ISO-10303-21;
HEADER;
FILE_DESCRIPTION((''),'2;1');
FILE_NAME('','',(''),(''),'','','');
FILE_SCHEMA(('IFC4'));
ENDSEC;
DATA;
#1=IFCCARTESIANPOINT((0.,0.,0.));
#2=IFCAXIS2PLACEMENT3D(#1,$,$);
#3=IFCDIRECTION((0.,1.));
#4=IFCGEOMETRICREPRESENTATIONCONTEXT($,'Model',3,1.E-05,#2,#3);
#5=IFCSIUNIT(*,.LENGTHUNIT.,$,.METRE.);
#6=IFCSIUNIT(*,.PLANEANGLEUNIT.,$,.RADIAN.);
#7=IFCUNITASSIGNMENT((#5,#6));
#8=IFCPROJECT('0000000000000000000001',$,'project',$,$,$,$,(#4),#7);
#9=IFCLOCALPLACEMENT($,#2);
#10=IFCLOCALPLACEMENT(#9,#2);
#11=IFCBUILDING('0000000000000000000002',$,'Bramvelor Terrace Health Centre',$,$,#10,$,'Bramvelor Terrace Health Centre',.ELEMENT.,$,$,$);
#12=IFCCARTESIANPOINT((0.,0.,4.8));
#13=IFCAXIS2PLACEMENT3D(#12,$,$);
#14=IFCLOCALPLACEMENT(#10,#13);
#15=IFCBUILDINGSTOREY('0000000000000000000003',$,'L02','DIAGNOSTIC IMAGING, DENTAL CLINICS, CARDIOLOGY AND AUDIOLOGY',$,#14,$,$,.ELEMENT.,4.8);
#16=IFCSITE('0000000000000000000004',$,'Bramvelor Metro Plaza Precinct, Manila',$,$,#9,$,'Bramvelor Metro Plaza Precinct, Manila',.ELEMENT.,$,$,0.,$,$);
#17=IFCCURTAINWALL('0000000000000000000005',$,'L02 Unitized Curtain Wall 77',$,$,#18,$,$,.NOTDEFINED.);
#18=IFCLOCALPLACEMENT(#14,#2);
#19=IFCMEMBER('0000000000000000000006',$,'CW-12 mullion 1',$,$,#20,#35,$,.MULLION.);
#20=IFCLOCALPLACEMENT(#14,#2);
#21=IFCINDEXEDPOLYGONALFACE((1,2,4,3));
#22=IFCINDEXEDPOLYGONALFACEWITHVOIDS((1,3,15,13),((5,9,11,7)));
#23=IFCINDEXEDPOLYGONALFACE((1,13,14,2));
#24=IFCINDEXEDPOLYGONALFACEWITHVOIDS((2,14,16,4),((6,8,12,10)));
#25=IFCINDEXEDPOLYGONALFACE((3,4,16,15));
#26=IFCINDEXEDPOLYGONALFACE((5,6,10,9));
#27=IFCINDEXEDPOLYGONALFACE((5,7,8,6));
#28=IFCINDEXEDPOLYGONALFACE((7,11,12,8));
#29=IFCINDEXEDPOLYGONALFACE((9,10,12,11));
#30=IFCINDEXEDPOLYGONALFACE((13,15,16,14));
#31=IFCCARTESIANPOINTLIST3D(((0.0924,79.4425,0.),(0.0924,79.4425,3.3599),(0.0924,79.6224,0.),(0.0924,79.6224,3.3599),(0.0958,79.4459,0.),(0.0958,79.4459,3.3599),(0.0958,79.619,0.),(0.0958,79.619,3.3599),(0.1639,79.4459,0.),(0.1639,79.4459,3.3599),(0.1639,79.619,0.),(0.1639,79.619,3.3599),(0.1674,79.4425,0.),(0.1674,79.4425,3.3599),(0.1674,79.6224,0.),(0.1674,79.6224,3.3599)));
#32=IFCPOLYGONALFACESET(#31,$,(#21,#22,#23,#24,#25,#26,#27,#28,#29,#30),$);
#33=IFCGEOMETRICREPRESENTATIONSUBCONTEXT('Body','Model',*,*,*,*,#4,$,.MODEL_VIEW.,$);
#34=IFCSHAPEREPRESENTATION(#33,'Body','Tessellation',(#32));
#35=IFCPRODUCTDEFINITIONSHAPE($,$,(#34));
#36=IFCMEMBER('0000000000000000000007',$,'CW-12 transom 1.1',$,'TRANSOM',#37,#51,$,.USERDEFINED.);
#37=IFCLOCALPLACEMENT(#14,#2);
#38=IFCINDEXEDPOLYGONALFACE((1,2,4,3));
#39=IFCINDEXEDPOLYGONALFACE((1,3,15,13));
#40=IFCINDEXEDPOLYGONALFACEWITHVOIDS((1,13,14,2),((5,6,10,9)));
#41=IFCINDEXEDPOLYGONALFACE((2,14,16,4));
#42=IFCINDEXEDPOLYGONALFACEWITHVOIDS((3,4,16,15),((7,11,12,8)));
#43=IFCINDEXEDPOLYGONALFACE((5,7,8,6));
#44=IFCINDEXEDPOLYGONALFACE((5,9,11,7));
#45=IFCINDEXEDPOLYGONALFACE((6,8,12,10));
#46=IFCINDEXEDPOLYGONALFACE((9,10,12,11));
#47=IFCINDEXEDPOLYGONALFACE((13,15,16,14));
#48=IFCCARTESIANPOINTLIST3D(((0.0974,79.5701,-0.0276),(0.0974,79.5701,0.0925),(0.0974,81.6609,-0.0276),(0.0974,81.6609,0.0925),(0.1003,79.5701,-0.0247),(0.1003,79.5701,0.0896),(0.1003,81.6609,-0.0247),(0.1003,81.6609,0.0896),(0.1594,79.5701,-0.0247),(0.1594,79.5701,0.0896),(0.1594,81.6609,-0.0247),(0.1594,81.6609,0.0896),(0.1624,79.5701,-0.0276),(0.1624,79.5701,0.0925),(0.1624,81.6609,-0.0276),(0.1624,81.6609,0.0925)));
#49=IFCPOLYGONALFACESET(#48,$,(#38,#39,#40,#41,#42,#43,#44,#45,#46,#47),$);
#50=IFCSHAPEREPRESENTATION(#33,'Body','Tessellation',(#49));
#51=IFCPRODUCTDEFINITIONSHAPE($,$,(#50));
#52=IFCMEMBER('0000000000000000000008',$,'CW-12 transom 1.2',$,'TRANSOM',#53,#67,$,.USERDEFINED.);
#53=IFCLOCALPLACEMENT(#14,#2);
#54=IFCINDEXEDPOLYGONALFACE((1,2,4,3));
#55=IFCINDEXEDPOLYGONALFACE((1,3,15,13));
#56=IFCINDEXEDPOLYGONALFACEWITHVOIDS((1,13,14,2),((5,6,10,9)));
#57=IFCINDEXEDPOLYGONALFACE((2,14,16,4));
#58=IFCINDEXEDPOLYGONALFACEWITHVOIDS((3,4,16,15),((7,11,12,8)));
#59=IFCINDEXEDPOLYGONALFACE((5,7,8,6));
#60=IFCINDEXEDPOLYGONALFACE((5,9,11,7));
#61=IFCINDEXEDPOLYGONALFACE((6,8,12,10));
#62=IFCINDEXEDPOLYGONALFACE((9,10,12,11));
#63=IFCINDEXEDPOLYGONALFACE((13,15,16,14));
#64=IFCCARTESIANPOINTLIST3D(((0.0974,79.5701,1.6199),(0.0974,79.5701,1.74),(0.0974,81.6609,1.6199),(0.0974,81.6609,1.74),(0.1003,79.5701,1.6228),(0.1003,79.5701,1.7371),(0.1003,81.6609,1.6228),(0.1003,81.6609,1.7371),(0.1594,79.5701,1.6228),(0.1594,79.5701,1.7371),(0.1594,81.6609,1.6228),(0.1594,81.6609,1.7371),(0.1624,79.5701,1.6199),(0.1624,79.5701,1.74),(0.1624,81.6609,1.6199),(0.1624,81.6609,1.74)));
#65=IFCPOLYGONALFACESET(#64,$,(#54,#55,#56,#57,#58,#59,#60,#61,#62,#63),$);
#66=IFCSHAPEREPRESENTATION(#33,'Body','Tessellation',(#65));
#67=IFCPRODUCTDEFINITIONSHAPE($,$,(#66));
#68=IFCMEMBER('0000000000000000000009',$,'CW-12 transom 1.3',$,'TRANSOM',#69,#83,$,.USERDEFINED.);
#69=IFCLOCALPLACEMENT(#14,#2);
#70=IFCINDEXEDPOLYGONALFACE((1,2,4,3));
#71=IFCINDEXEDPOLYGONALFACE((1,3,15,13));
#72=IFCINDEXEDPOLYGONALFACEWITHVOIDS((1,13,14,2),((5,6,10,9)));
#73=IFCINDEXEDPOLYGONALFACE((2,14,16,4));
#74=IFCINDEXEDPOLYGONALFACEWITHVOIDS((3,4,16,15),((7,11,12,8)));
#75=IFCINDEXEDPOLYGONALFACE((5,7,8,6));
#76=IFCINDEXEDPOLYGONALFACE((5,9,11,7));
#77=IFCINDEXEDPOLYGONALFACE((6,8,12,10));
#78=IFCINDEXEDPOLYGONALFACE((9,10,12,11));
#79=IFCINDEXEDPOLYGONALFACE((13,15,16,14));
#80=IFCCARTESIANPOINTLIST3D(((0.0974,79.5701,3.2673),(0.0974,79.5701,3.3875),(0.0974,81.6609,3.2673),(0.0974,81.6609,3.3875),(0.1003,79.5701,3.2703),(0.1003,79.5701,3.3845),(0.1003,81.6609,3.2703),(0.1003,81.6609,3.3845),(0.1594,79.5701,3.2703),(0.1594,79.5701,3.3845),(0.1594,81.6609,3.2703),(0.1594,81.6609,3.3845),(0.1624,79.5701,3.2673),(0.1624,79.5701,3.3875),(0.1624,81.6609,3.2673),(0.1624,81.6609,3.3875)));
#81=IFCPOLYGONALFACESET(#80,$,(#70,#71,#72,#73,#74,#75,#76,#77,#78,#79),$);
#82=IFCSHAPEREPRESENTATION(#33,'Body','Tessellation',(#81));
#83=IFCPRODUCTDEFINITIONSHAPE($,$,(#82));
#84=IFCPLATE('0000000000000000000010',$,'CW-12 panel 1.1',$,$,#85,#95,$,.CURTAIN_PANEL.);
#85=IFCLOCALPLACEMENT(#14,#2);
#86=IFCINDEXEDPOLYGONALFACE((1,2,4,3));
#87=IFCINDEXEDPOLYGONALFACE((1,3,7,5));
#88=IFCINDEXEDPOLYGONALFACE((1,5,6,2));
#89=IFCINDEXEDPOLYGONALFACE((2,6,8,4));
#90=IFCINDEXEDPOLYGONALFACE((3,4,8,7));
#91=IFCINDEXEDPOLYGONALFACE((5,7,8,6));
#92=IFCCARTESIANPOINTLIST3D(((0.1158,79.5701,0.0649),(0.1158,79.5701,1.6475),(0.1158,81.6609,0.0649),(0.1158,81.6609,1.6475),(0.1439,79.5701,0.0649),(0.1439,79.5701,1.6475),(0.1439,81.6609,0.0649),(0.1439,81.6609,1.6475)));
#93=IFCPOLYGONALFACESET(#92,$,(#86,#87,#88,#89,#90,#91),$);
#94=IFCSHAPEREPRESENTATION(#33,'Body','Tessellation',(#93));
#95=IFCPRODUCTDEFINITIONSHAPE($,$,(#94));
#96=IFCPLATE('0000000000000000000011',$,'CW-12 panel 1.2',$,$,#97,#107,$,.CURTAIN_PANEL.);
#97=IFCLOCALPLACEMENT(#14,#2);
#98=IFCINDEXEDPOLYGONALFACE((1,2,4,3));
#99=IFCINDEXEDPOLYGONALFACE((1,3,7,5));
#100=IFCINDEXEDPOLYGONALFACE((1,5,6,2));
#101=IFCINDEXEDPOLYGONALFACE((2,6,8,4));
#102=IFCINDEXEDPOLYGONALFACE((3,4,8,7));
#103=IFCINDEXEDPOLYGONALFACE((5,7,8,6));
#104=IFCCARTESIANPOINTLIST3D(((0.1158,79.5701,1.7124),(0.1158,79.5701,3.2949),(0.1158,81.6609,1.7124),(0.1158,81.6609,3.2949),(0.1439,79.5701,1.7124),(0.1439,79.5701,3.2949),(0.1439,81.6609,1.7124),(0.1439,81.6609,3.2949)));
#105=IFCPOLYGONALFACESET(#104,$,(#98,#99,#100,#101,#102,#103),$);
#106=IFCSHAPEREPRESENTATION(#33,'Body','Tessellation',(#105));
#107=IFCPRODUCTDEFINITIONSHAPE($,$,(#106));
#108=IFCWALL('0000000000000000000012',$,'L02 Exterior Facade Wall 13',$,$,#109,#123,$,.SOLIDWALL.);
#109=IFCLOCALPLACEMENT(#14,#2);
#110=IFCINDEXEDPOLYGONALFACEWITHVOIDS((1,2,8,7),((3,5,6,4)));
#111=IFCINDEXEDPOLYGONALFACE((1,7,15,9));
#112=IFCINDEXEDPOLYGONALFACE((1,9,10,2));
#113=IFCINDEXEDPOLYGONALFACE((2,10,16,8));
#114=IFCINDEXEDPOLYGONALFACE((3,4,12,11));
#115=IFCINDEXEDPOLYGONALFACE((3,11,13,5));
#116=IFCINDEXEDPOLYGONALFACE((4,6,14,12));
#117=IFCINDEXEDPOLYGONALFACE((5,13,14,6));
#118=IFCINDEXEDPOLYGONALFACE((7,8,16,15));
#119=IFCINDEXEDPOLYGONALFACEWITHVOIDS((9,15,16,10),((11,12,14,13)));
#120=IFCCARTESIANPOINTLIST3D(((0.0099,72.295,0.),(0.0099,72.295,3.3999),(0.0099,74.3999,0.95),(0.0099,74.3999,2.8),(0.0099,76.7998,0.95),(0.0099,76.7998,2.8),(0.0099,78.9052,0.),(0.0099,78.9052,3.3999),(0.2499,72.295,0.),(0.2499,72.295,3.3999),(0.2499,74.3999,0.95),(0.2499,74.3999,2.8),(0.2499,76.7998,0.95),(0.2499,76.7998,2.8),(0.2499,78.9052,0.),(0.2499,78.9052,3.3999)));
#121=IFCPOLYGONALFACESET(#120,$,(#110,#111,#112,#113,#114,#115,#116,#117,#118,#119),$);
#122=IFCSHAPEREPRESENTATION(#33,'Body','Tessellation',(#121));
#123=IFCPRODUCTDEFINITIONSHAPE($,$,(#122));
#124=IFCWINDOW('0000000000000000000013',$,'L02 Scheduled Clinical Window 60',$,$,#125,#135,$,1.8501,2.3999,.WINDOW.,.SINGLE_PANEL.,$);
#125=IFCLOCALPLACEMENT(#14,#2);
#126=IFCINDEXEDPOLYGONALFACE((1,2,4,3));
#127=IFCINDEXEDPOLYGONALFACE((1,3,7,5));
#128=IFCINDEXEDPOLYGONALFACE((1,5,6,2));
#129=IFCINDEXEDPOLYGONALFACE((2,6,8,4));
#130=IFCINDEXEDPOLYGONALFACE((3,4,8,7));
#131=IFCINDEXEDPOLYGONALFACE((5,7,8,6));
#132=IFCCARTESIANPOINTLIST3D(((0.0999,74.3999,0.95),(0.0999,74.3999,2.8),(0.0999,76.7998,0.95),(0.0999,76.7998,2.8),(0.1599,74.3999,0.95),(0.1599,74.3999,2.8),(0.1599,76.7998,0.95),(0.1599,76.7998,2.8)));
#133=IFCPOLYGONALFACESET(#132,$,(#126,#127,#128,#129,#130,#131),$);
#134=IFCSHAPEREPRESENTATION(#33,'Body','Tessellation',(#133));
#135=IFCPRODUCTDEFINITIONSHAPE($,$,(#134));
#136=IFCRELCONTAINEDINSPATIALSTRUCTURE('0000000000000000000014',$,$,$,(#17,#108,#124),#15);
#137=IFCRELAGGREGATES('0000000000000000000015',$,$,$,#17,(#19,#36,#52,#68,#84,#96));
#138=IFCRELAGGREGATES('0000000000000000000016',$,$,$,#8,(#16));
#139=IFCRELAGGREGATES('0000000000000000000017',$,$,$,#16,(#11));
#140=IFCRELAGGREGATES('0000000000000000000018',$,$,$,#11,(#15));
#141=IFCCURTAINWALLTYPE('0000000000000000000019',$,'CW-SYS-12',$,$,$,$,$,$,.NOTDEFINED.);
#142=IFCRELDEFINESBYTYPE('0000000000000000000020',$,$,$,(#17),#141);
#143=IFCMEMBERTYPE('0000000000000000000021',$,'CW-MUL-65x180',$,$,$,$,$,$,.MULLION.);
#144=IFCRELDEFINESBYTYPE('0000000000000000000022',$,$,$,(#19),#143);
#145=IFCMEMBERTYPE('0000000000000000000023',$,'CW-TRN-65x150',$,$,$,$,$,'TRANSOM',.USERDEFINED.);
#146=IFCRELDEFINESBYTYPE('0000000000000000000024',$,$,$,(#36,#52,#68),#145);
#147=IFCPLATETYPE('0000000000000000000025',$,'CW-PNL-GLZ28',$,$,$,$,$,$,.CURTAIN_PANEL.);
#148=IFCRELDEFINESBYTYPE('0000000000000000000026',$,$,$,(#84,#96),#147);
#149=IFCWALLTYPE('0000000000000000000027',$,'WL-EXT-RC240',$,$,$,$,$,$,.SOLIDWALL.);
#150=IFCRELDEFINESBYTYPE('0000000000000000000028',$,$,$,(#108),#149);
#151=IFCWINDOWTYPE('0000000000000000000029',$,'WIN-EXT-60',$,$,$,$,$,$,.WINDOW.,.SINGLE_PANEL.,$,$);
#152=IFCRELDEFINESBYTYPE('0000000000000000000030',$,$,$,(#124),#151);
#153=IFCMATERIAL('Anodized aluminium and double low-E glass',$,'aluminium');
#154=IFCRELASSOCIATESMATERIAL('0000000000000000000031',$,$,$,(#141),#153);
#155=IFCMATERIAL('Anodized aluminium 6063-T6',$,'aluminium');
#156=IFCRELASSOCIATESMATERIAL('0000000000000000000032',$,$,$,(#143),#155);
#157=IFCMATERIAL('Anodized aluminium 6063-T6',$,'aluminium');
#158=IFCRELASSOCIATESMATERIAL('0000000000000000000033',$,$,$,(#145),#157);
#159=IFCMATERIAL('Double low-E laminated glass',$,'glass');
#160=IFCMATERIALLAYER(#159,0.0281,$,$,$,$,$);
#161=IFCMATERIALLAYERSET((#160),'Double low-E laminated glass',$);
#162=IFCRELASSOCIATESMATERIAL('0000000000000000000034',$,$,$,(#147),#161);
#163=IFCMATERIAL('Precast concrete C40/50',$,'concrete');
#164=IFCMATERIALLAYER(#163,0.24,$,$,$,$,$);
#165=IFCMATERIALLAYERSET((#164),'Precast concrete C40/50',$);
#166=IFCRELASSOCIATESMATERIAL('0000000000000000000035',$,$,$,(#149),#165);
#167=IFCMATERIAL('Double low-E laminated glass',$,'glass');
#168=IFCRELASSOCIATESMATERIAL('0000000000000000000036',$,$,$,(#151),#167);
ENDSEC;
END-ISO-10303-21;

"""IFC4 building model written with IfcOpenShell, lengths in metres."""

from ifc_helpers import new_model, si_unit, direction, frame, frame_2d, origin, origin_2d, place, context, subcontext, project, spatial, rectangle, hollow_rectangle, extrude, material, layer, layer_set, material_profile, profile_set, type_object, element, fill, aggregate, save


model = new_model("IFC4")

# Units and contexts
model_context = context("Model", 3, precision=1e-05, world=origin(), true_north=direction((0.0, 1.0)))
body_context = subcontext(model_context, "Body", "Model", "MODEL_VIEW")
ifc_project = project(units=[si_unit("LENGTHUNIT", "METRE"), si_unit("PLANEANGLEUNIT", "RADIAN")], contexts=[model_context])

# Site, building, storey
site_placement = place(None, origin())
site = spatial("IfcSite", under=ifc_project, at=site_placement, Name="Bramvelor Metro Plaza Precinct, Manila", LongName="Bramvelor Metro Plaza Precinct, Manila", CompositionType="ELEMENT", RefElevation=0.0)
building_placement = place(site_placement, origin())
building = spatial("IfcBuilding", under=site, at=building_placement, Name="Bramvelor Terrace Health Centre", LongName="Bramvelor Terrace Health Centre", CompositionType="ELEMENT")
storey_placement = place(building_placement, frame((0.0, 0.0, 4.8)))
storey = spatial("IfcBuildingStorey", under=building, at=storey_placement, Name="L02", Description="DIAGNOSTIC IMAGING, DENTAL CLINICS, CARDIOLOGY AND AUDIOLOGY", CompositionType="ELEMENT", Elevation=4.8)

# Shared definitions
ifc_material_1 = material(Name="Anodized aluminium and double low-E glass", Category="aluminium")
curtain_wall_type = type_object("IfcCurtainWallType", Name="CW-SYS-12", PredefinedType="NOTDEFINED", material=ifc_material_1)
ifc_material_2 = material(Name="Anodized aluminium 6063-T6", Category="aluminium")
ifc_material_profile_1 = material_profile(ifc_material_2, hollow_rectangle(XDim=0.075, YDim=0.1799, WallThickness=0.0034, at=origin_2d()), Name="ALU-MUL 75x180x3.5")
ifc_profile_set_1 = profile_set([ifc_material_profile_1], Name="Anodized aluminium 6063-T6")
member_type_1 = type_object("IfcMemberType", Name="CW-MUL-65x180", PredefinedType="MULLION", material=ifc_profile_set_1)

# Curtain wall, members, plates
curtain_wall_1_placement = place(storey_placement, origin())
curtain_wall_1 = element("IfcCurtainWall", 1, at=curtain_wall_1_placement, inside=storey, type_object=curtain_wall_type, Name="L02 Unitized Curtain Wall 77", PredefinedType="NOTDEFINED")
member_1_placement = place(storey_placement, frame((0.1299, 79.5325, 0.0), z_axis=(0.0, 0.0, 1.0), x_axis=(-1.0, 0.0, 0.0)))
member_1 = element("IfcMember", 2, at=member_1_placement, type_object=member_type_1, Name="CW-12 mullion 1", PredefinedType="MULLION", context=body_context, shape_type="SweptSolid", body=[
    extrude(hollow_rectangle(XDim=0.075, YDim=0.1799, WallThickness=0.0034, at=origin_2d()), origin(), (0.0, 0.0, 1.0), 3.3599),
])
ifc_material_3 = material(Name="Anodized aluminium 6063-T6", Category="aluminium")
ifc_material_profile_2 = material_profile(ifc_material_3, hollow_rectangle(XDim=0.0649, YDim=0.1201, WallThickness=0.0029, at=origin_2d()), Name="ALU-TRN 65x120x3.0")
ifc_profile_set_2 = profile_set([ifc_material_profile_2], Name="Anodized aluminium 6063-T6")
member_type_2 = type_object("IfcMemberType", Name="CW-TRN-65x150", ElementType="TRANSOM", PredefinedType="USERDEFINED", material=ifc_profile_set_2)
member_2_placement = place(storey_placement, frame((0.1299, 79.5701, 0.0325), z_axis=(0.0, 1.0, 0.0), x_axis=(-1.0, 0.0, 0.0)))
member_2 = element("IfcMember", 3, at=member_2_placement, type_object=member_type_2, Name="CW-12 transom 1.1", ObjectType="TRANSOM", PredefinedType="USERDEFINED", context=body_context, shape_type="SweptSolid", body=[
    extrude(hollow_rectangle(XDim=0.0649, YDim=0.1201, WallThickness=0.0029, at=origin_2d()), origin(), (0.0, 0.0, 1.0), 2.0908),
])
member_3_placement = place(storey_placement, frame((0.1299, 79.5701, 1.6799), z_axis=(0.0, 1.0, 0.0), x_axis=(-1.0, 0.0, 0.0)))
member_3 = element("IfcMember", 4, at=member_3_placement, type_object=member_type_2, Name="CW-12 transom 1.2", ObjectType="TRANSOM", PredefinedType="USERDEFINED", context=body_context, shape_type="SweptSolid", body=[
    extrude(hollow_rectangle(XDim=0.0649, YDim=0.1201, WallThickness=0.0029, at=origin_2d()), origin(), (0.0, 0.0, 1.0), 2.0908),
])
member_4_placement = place(storey_placement, frame((0.1299, 79.5701, 3.3274), z_axis=(0.0, 1.0, 0.0), x_axis=(-1.0, 0.0, 0.0)))
member_4 = element("IfcMember", 5, at=member_4_placement, type_object=member_type_2, Name="CW-12 transom 1.3", ObjectType="TRANSOM", PredefinedType="USERDEFINED", context=body_context, shape_type="SweptSolid", body=[
    extrude(hollow_rectangle(XDim=0.0649, YDim=0.1201, WallThickness=0.0029, at=origin_2d()), origin(), (0.0, 0.0, 1.0), 2.0908),
])
ifc_material_4 = material(Name="Double low-E laminated glass", Category="glass")
ifc_layer_1 = layer(ifc_material_4, 0.0281)
ifc_layer_set_1 = layer_set([ifc_layer_1], Name="Double low-E laminated glass")
plate_type = type_object("IfcPlateType", Name="CW-PNL-GLZ28", PredefinedType="CURTAIN_PANEL", material=ifc_layer_set_1)
plate_1_placement = place(storey_placement, frame((0.1299, 80.6155, 0.0649), z_axis=(0.0, 0.0, 1.0), x_axis=(0.0, 1.0, 0.0)))
plate_1 = element("IfcPlate", 6, at=plate_1_placement, type_object=plate_type, Name="CW-12 panel 1.1", PredefinedType="CURTAIN_PANEL", context=body_context, shape_type="SweptSolid", body=[
    extrude(rectangle(XDim=2.0908, YDim=0.0281, at=origin_2d()), origin(), (0.0, 0.0, 1.0), 1.5825),
])
plate_2_placement = place(storey_placement, frame((0.1299, 80.6155, 1.7124), z_axis=(0.0, 0.0, 1.0), x_axis=(0.0, 1.0, 0.0)))
plate_2 = element("IfcPlate", 7, at=plate_2_placement, type_object=plate_type, Name="CW-12 panel 1.2", PredefinedType="CURTAIN_PANEL", context=body_context, shape_type="SweptSolid", body=[
    extrude(rectangle(XDim=2.0908, YDim=0.0281, at=origin_2d()), origin(), (0.0, 0.0, 1.0), 1.5825),
])
aggregate(curtain_wall_1, [member_1, member_2, member_3, member_4, plate_1, plate_2])

# Wall, opening, window
ifc_material_5 = material(Name="Precast concrete C40/50", Category="concrete")
ifc_layer_2 = layer(ifc_material_5, 0.24)
ifc_layer_set_2 = layer_set([ifc_layer_2], Name="Precast concrete C40/50")
wall_type = type_object("IfcWallType", Name="WL-EXT-RC240", PredefinedType="SOLIDWALL", material=ifc_layer_set_2)
wall_placement = place(storey_placement, frame((0.1299, 72.2949, 0.0), z_axis=(0.0, 0.0, 1.0), x_axis=(0.0, 1.0, 0.0)))
wall = element("IfcWall", 8, at=wall_placement, inside=storey, type_object=wall_type, Name="L02 Exterior Facade Wall 13", PredefinedType="SOLIDWALL", context=body_context, shape_type="SweptSolid", body=[
    extrude(rectangle(XDim=6.6101, YDim=0.24, at=frame_2d((3.3052, 0.0))), origin(), (0.0, 0.0, 1.0), 3.3999),
])
opening_placement = place(wall_placement, frame((2.105, 0.0, 0.95)))
opening = element("IfcOpeningElement", 9, at=opening_placement, cuts=wall, PredefinedType="OPENING", context=body_context, shape_type="SweptSolid", body=[
    extrude(rectangle(XDim=2.3999, YDim=1.8501, at=frame_2d((1.2, 0.925))), frame((0.0, 0.1299, 0.0), z_axis=(0.0, -1.0, 0.0), x_axis=(1.0, 0.0, 0.0)), (0.0, 0.0, 1.0), 0.26),
])
ifc_material_6 = material(Name="Double low-E laminated glass", Category="glass")
window_type = type_object("IfcWindowType", Name="WIN-EXT-60", PartitioningType="SINGLE_PANEL", PredefinedType="WINDOW", material=ifc_material_6)
window_placement = place(opening_placement, origin())
window = element("IfcWindow", 10, at=window_placement, inside=storey, type_object=window_type, Name="L02 Scheduled Clinical Window 60", OverallHeight=1.8501, OverallWidth=2.3999, PartitioningType="SINGLE_PANEL", PredefinedType="WINDOW", context=body_context, shape_type="SweptSolid", body=[
    extrude(rectangle(XDim=2.3999, YDim=1.8501, at=frame_2d((1.2, 0.925))), frame((0.0, 0.03, 0.0), z_axis=(0.0, -1.0, 0.0), x_axis=(1.0, 0.0, 0.0)), (0.0, 0.0, 1.0), 0.0601),
])
fill(opening, window)

save(model, "model.ifc")
